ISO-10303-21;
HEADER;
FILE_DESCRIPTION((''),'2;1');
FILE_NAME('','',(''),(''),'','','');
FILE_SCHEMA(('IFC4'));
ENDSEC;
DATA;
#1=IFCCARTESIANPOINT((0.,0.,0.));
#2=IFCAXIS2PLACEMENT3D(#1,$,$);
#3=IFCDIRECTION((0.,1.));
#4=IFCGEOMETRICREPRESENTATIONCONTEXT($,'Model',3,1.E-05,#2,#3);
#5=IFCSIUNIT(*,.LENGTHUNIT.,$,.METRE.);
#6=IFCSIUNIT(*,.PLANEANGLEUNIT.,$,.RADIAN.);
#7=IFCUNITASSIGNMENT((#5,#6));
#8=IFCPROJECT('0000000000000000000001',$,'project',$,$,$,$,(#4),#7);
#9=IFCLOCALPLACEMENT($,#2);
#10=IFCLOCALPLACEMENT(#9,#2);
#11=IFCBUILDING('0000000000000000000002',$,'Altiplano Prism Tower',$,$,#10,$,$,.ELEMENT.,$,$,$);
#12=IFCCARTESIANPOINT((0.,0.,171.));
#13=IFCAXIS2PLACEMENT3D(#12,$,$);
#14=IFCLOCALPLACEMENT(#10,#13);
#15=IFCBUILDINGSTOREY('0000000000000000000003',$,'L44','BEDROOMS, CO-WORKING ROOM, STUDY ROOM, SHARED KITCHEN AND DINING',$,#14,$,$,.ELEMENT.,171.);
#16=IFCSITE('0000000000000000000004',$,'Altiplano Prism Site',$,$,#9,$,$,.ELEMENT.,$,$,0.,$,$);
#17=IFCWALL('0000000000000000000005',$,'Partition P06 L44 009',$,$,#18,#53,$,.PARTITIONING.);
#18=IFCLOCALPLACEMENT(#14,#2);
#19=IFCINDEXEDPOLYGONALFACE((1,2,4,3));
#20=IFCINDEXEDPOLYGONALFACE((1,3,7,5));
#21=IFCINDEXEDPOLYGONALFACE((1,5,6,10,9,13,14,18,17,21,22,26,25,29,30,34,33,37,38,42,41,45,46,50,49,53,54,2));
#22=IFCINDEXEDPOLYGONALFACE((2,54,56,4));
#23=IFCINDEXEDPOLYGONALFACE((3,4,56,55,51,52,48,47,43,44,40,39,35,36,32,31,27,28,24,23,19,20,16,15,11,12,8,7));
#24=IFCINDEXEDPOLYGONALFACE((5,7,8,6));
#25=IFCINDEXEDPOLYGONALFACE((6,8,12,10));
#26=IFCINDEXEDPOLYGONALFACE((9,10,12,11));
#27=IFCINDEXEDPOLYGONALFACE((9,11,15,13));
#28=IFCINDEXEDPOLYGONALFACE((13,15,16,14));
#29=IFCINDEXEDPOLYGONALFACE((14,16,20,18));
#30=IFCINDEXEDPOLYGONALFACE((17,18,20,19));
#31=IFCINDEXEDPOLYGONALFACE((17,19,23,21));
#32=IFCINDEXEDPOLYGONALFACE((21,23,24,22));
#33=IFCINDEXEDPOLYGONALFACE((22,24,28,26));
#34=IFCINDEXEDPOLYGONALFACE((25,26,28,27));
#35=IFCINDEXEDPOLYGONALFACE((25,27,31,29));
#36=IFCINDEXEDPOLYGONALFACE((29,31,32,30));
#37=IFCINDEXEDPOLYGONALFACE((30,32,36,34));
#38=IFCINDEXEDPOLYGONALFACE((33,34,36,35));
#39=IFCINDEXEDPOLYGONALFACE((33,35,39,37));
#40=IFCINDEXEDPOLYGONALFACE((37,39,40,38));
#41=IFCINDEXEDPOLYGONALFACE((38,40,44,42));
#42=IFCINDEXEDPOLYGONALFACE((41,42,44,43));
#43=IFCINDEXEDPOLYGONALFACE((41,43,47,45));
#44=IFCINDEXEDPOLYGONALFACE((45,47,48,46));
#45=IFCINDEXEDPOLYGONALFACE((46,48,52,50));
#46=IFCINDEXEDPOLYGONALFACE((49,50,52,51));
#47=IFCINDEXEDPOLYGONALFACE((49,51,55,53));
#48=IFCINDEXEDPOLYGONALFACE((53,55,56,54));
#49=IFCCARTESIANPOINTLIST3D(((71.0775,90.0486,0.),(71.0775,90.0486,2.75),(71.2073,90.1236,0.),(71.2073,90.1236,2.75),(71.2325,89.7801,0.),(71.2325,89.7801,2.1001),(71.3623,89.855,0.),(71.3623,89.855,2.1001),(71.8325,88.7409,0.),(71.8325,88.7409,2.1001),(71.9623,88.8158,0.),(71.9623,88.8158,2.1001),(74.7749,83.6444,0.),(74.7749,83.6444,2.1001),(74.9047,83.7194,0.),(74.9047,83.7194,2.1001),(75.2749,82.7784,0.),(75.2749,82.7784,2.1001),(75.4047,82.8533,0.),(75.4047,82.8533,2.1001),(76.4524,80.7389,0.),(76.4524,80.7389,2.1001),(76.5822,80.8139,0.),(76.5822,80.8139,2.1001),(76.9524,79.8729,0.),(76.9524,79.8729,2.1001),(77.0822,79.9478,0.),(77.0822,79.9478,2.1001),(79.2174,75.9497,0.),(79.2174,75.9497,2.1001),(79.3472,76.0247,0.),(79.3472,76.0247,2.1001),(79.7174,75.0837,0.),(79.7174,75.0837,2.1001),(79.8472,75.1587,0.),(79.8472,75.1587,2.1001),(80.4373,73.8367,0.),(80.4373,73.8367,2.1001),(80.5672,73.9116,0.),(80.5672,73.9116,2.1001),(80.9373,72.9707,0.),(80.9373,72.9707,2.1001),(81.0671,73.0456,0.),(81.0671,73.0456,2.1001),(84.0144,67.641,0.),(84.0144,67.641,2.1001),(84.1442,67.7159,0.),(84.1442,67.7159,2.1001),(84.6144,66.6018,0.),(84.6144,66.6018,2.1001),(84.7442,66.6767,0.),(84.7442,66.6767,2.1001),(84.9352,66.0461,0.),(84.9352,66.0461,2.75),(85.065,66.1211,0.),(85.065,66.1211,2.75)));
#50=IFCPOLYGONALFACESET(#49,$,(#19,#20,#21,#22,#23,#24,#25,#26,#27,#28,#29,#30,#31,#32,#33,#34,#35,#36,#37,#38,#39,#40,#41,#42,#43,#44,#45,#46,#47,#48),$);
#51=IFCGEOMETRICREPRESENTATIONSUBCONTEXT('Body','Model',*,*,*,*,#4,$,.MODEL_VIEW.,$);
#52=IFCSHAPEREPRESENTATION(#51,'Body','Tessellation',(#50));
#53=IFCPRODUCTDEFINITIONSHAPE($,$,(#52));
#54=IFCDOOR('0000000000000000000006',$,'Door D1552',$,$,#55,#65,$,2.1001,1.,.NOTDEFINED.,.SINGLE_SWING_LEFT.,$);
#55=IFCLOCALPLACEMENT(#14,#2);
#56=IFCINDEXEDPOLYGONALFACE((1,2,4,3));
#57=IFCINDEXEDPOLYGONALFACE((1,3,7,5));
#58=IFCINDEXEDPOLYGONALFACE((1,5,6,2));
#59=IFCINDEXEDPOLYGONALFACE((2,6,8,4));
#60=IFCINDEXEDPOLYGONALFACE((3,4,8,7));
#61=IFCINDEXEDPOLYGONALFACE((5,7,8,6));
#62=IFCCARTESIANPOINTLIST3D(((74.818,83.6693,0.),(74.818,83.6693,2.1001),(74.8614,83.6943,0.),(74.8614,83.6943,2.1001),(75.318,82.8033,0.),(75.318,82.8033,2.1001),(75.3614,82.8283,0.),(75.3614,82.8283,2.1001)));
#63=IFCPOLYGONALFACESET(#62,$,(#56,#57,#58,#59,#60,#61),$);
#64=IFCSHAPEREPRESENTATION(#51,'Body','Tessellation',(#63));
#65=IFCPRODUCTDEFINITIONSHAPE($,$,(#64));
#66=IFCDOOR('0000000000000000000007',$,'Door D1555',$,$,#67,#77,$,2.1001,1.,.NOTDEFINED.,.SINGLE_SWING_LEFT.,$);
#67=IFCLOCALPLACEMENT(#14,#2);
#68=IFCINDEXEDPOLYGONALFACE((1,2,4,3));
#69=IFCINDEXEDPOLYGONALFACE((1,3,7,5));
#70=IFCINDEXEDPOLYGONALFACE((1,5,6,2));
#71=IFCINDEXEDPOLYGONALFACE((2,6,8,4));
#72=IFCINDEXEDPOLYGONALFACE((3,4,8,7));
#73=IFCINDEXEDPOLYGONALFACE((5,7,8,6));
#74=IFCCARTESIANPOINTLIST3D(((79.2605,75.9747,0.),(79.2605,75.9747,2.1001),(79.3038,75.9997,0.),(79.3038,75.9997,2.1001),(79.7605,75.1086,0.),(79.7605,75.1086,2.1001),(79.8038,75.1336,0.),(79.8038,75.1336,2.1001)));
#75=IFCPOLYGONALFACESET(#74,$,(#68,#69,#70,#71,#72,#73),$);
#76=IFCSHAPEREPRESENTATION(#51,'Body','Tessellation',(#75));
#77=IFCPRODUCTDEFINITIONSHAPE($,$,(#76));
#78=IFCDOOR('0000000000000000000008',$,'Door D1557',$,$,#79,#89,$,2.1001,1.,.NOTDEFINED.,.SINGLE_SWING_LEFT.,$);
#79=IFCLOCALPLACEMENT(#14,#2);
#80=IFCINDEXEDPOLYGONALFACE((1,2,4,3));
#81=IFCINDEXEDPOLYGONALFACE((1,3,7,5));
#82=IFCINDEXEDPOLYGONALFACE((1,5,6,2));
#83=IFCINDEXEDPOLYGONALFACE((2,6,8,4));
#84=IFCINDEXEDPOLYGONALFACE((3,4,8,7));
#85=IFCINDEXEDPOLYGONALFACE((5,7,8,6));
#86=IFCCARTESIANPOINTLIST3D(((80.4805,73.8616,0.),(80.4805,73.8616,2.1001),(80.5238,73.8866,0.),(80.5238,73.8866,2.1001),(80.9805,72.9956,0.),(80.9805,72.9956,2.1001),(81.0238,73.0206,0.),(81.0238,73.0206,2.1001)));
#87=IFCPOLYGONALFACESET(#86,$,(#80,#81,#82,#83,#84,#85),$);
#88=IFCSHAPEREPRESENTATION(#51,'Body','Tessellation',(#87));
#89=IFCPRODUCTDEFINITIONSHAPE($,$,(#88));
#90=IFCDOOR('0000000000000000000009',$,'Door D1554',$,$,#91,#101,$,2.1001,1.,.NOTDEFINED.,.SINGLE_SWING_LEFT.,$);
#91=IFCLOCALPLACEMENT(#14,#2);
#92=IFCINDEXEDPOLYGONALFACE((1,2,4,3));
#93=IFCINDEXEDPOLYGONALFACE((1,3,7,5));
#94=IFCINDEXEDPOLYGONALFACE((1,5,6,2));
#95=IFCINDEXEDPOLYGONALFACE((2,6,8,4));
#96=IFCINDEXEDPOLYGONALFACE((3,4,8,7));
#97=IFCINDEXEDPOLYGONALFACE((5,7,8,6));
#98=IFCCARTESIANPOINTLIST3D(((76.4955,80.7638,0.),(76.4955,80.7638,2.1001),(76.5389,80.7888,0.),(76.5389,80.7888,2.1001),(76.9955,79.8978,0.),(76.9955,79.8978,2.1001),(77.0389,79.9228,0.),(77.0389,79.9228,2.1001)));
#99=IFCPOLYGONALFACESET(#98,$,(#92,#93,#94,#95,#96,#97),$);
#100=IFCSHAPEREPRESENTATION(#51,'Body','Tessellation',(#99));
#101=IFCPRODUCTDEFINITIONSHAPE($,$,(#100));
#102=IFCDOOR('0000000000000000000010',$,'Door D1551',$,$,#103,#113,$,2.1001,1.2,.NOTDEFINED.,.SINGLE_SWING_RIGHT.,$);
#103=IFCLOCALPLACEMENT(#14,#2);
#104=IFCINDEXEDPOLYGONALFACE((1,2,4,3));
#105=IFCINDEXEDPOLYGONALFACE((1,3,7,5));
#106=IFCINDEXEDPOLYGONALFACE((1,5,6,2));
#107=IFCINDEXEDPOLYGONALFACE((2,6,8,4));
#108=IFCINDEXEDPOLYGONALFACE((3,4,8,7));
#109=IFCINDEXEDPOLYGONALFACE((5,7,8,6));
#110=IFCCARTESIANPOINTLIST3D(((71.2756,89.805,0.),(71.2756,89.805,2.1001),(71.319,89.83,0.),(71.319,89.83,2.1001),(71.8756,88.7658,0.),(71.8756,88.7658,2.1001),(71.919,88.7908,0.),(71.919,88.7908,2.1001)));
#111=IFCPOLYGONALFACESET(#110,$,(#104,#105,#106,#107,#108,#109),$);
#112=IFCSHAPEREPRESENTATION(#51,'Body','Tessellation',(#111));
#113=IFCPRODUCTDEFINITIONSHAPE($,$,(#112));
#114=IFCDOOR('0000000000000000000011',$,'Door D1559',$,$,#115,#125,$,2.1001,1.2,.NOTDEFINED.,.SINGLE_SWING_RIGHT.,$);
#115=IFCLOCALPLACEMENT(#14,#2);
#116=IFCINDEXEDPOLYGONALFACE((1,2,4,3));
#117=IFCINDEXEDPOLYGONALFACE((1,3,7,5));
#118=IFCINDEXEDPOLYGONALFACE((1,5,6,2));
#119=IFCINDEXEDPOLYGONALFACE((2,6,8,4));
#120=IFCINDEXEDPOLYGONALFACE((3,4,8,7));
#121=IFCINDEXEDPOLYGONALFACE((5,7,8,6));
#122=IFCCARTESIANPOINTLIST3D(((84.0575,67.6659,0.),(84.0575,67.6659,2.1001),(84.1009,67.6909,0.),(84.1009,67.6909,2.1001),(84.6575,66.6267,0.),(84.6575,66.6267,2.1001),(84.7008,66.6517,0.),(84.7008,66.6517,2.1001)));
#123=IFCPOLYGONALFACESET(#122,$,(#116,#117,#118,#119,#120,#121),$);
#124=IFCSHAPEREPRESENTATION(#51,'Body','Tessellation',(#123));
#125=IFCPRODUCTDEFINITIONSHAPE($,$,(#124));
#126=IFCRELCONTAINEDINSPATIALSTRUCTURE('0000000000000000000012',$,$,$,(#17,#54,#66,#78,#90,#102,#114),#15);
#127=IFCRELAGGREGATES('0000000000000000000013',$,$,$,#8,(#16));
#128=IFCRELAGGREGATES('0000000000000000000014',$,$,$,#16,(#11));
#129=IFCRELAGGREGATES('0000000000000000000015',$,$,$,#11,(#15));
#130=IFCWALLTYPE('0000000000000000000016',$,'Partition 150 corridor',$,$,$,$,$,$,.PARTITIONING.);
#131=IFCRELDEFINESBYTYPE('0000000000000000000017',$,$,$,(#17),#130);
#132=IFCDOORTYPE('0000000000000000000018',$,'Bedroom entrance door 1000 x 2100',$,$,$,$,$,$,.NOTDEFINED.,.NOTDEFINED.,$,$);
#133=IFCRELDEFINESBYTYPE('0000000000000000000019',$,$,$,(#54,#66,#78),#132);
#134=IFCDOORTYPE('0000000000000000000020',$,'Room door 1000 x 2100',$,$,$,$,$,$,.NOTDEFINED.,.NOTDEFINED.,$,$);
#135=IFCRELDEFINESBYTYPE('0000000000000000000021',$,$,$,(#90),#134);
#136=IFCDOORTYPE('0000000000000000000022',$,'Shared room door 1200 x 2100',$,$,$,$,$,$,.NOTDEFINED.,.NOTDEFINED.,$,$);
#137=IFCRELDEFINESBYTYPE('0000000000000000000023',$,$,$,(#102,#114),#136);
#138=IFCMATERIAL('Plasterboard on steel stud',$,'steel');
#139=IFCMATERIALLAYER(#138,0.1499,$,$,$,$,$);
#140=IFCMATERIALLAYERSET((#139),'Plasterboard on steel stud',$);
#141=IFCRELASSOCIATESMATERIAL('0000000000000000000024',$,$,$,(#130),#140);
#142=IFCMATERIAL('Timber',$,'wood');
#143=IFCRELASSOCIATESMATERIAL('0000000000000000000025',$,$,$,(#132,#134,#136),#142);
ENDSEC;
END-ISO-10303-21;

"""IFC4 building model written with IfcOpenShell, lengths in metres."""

from ifc_helpers import new_model, si_unit, direction, frame, frame_2d, origin, place, context, subcontext, project, spatial, rectangle, extrude, material, layer, layer_set, type_object, element, fill, save


model = new_model("IFC4")

# Units and contexts
model_context = context("Model", 3, precision=1e-05, world=origin(), true_north=direction((0.0, 1.0)))
body_context = subcontext(model_context, "Body", "Model", "MODEL_VIEW")
ifc_project = project(units=[si_unit("LENGTHUNIT", "METRE"), si_unit("PLANEANGLEUNIT", "RADIAN")], contexts=[model_context])

# Site, building, storey
site_placement = place(None, origin())
site = spatial("IfcSite", under=ifc_project, at=site_placement, Name="Altiplano Prism Site", CompositionType="ELEMENT", RefElevation=0.0)
building_placement = place(site_placement, origin())
building = spatial("IfcBuilding", under=site, at=building_placement, Name="Altiplano Prism Tower", CompositionType="ELEMENT")
storey_placement = place(building_placement, frame((0.0, 0.0, 171.0)))
storey = spatial("IfcBuildingStorey", under=building, at=storey_placement, Name="L44", Description="BEDROOMS, CO-WORKING ROOM, STUDY ROOM, SHARED KITCHEN AND DINING", CompositionType="ELEMENT", Elevation=171.0)

# Shared definitions
ifc_material_1 = material(Name="Plasterboard on steel stud", Category="steel")
ifc_material_2 = material(Name="Timber", Category="wood")

# Shared definitions
ifc_layer_1 = layer(ifc_material_1, 0.1499)
ifc_layer_set_1 = layer_set([ifc_layer_1], Name="Plasterboard on steel stud")
wall_type_1 = type_object("IfcWallType", Name="Partition 150 corridor", PredefinedType="PARTITIONING", material=ifc_layer_set_1)

# Wall, openings, doors
wall_1_placement = place(storey_placement, frame((71.1423, 90.0862, 0.0), z_axis=(0.0, 0.0, 1.0), x_axis=(0.499996, -0.866028, 0.0)))
wall_1 = element("IfcWall", 1, at=wall_1_placement, inside=storey, type_object=wall_type_1, Name="Partition P06 L44 009", PredefinedType="PARTITIONING", context=body_context, shape_type="SweptSolid", body=[
    extrude(rectangle(XDim=27.7156, YDim=0.1499, at=frame_2d((13.8579, 0.0))), origin(), (0.0, 0.0, 1.0), 2.75),
])
opening_1_placement = place(wall_1_placement, frame((0.3101, 0.0, 0.0)))
opening_1 = element("IfcOpeningElement", 2, at=opening_1_placement, cuts=wall_1, PredefinedType="OPENING", context=body_context, shape_type="SweptSolid", body=[
    extrude(rectangle(XDim=1.2, YDim=2.1001, at=frame_2d((0.6001, 1.05))), frame((0.0, 0.0854, 0.0), z_axis=(0.0, -1.0, 0.0), x_axis=(1.0, 0.0, 0.0)), (0.0, 0.0, 1.0), 0.1709),
])
opening_2_placement = place(wall_1_placement, frame((7.395, 0.0, 0.0)))
opening_2 = element("IfcOpeningElement", 3, at=opening_2_placement, cuts=wall_1, PredefinedType="OPENING", context=body_context, shape_type="SweptSolid", body=[
    extrude(rectangle(XDim=1.0, YDim=2.1001, at=frame_2d((0.5, 1.05))), frame((0.0, 0.0854, 0.0), z_axis=(0.0, -1.0, 0.0), x_axis=(1.0, 0.0, 0.0)), (0.0, 0.0, 1.0), 0.1709),
])
opening_3_placement = place(wall_1_placement, frame((10.75, 0.0, 0.0)))
opening_3 = element("IfcOpeningElement", 4, at=opening_3_placement, cuts=wall_1, PredefinedType="OPENING", context=body_context, shape_type="SweptSolid", body=[
    extrude(rectangle(XDim=1.0, YDim=2.1001, at=frame_2d((0.5, 1.05))), frame((0.0, 0.0854, 0.0), z_axis=(0.0, -1.0, 0.0), x_axis=(1.0, 0.0, 0.0)), (0.0, 0.0, 1.0), 0.1709),
])
opening_4_placement = place(wall_1_placement, frame((16.28, 0.0, 0.0)))
opening_4 = element("IfcOpeningElement", 5, at=opening_4_placement, cuts=wall_1, PredefinedType="OPENING", context=body_context, shape_type="SweptSolid", body=[
    extrude(rectangle(XDim=1.0, YDim=2.1001, at=frame_2d((0.5, 1.05))), frame((0.0, 0.0854, 0.0), z_axis=(0.0, -1.0, 0.0), x_axis=(1.0, 0.0, 0.0)), (0.0, 0.0, 1.0), 0.1709),
])
opening_5_placement = place(wall_1_placement, frame((18.72, 0.0, 0.0)))
opening_5 = element("IfcOpeningElement", 6, at=opening_5_placement, cuts=wall_1, PredefinedType="OPENING", context=body_context, shape_type="SweptSolid", body=[
    extrude(rectangle(XDim=1.0, YDim=2.1001, at=frame_2d((0.5, 1.05))), frame((0.0, 0.0854, 0.0), z_axis=(0.0, -1.0, 0.0), x_axis=(1.0, 0.0, 0.0)), (0.0, 0.0, 1.0), 0.1709),
])
opening_6_placement = place(wall_1_placement, frame((25.874, 0.0, 0.0)))
opening_6 = element("IfcOpeningElement", 7, at=opening_6_placement, cuts=wall_1, PredefinedType="OPENING", context=body_context, shape_type="SweptSolid", body=[
    extrude(rectangle(XDim=1.2, YDim=2.1001, at=frame_2d((0.6001, 1.05))), frame((0.0, 0.0854, 0.0), z_axis=(0.0, -1.0, 0.0), x_axis=(1.0, 0.0, 0.0)), (0.0, 0.0, 1.0), 0.1709),
])
door_type_1 = type_object("IfcDoorType", Name="Bedroom entrance door 1000 x 2100", OperationType="NOTDEFINED", PredefinedType="NOTDEFINED", material=ifc_material_2)
door_1_placement = place(opening_2_placement, origin())
door_1 = element("IfcDoor", 8, at=door_1_placement, inside=storey, type_object=door_type_1, Name="Door D1552", OperationType="SINGLE_SWING_LEFT", OverallHeight=2.1001, OverallWidth=1.0, PredefinedType="NOTDEFINED", context=body_context, shape_type="SweptSolid", body=[
    extrude(rectangle(XDim=1.0, YDim=2.1001, at=frame_2d((0.5, 1.05))), frame((0.0, 0.0249, 0.0), z_axis=(0.0, -1.0, 0.0), x_axis=(1.0, 0.0, 0.0)), (0.0, 0.0, 1.0), 0.05),
])
fill(opening_2, door_1)
door_2_placement = place(opening_4_placement, origin())
door_2 = element("IfcDoor", 9, at=door_2_placement, inside=storey, type_object=door_type_1, Name="Door D1555", OperationType="SINGLE_SWING_LEFT", OverallHeight=2.1001, OverallWidth=1.0, PredefinedType="NOTDEFINED", context=body_context, shape_type="SweptSolid", body=[
    extrude(rectangle(XDim=1.0, YDim=2.1001, at=frame_2d((0.5, 1.05))), frame((0.0, 0.0249, 0.0), z_axis=(0.0, -1.0, 0.0), x_axis=(1.0, 0.0, 0.0)), (0.0, 0.0, 1.0), 0.05),
])
fill(opening_4, door_2)
door_3_placement = place(opening_5_placement, origin())
door_3 = element("IfcDoor", 10, at=door_3_placement, inside=storey, type_object=door_type_1, Name="Door D1557", OperationType="SINGLE_SWING_LEFT", OverallHeight=2.1001, OverallWidth=1.0, PredefinedType="NOTDEFINED", context=body_context, shape_type="SweptSolid", body=[
    extrude(rectangle(XDim=1.0, YDim=2.1001, at=frame_2d((0.5, 1.05))), frame((0.0, 0.0249, 0.0), z_axis=(0.0, -1.0, 0.0), x_axis=(1.0, 0.0, 0.0)), (0.0, 0.0, 1.0), 0.05),
])
fill(opening_5, door_3)
door_type_2 = type_object("IfcDoorType", Name="Room door 1000 x 2100", OperationType="NOTDEFINED", PredefinedType="NOTDEFINED", material=ifc_material_2)
door_4_placement = place(opening_3_placement, origin())
door_4 = element("IfcDoor", 11, at=door_4_placement, inside=storey, type_object=door_type_2, Name="Door D1554", OperationType="SINGLE_SWING_LEFT", OverallHeight=2.1001, OverallWidth=1.0, PredefinedType="NOTDEFINED", context=body_context, shape_type="SweptSolid", body=[
    extrude(rectangle(XDim=1.0, YDim=2.1001, at=frame_2d((0.5, 1.05))), frame((0.0, 0.0249, 0.0), z_axis=(0.0, -1.0, 0.0), x_axis=(1.0, 0.0, 0.0)), (0.0, 0.0, 1.0), 0.05),
])
fill(opening_3, door_4)
door_type_3 = type_object("IfcDoorType", Name="Shared room door 1200 x 2100", OperationType="NOTDEFINED", PredefinedType="NOTDEFINED", material=ifc_material_2)
door_5_placement = place(opening_1_placement, origin())
door_5 = element("IfcDoor", 12, at=door_5_placement, inside=storey, type_object=door_type_3, Name="Door D1551", OperationType="SINGLE_SWING_RIGHT", OverallHeight=2.1001, OverallWidth=1.2, PredefinedType="NOTDEFINED", context=body_context, shape_type="SweptSolid", body=[
    extrude(rectangle(XDim=1.2, YDim=2.1001, at=frame_2d((0.6001, 1.05))), frame((0.0, 0.0249, 0.0), z_axis=(0.0, -1.0, 0.0), x_axis=(1.0, 0.0, 0.0)), (0.0, 0.0, 1.0), 0.05),
])
fill(opening_1, door_5)
door_6_placement = place(opening_6_placement, origin())
door_6 = element("IfcDoor", 13, at=door_6_placement, inside=storey, type_object=door_type_3, Name="Door D1559", OperationType="SINGLE_SWING_RIGHT", OverallHeight=2.1001, OverallWidth=1.2, PredefinedType="NOTDEFINED", context=body_context, shape_type="SweptSolid", body=[
    extrude(rectangle(XDim=1.2, YDim=2.1001, at=frame_2d((0.6001, 1.05))), frame((0.0, 0.0249, 0.0), z_axis=(0.0, -1.0, 0.0), x_axis=(1.0, 0.0, 0.0)), (0.0, 0.0, 1.0), 0.05),
])
fill(opening_6, door_6)

save(model, "model.ifc")
